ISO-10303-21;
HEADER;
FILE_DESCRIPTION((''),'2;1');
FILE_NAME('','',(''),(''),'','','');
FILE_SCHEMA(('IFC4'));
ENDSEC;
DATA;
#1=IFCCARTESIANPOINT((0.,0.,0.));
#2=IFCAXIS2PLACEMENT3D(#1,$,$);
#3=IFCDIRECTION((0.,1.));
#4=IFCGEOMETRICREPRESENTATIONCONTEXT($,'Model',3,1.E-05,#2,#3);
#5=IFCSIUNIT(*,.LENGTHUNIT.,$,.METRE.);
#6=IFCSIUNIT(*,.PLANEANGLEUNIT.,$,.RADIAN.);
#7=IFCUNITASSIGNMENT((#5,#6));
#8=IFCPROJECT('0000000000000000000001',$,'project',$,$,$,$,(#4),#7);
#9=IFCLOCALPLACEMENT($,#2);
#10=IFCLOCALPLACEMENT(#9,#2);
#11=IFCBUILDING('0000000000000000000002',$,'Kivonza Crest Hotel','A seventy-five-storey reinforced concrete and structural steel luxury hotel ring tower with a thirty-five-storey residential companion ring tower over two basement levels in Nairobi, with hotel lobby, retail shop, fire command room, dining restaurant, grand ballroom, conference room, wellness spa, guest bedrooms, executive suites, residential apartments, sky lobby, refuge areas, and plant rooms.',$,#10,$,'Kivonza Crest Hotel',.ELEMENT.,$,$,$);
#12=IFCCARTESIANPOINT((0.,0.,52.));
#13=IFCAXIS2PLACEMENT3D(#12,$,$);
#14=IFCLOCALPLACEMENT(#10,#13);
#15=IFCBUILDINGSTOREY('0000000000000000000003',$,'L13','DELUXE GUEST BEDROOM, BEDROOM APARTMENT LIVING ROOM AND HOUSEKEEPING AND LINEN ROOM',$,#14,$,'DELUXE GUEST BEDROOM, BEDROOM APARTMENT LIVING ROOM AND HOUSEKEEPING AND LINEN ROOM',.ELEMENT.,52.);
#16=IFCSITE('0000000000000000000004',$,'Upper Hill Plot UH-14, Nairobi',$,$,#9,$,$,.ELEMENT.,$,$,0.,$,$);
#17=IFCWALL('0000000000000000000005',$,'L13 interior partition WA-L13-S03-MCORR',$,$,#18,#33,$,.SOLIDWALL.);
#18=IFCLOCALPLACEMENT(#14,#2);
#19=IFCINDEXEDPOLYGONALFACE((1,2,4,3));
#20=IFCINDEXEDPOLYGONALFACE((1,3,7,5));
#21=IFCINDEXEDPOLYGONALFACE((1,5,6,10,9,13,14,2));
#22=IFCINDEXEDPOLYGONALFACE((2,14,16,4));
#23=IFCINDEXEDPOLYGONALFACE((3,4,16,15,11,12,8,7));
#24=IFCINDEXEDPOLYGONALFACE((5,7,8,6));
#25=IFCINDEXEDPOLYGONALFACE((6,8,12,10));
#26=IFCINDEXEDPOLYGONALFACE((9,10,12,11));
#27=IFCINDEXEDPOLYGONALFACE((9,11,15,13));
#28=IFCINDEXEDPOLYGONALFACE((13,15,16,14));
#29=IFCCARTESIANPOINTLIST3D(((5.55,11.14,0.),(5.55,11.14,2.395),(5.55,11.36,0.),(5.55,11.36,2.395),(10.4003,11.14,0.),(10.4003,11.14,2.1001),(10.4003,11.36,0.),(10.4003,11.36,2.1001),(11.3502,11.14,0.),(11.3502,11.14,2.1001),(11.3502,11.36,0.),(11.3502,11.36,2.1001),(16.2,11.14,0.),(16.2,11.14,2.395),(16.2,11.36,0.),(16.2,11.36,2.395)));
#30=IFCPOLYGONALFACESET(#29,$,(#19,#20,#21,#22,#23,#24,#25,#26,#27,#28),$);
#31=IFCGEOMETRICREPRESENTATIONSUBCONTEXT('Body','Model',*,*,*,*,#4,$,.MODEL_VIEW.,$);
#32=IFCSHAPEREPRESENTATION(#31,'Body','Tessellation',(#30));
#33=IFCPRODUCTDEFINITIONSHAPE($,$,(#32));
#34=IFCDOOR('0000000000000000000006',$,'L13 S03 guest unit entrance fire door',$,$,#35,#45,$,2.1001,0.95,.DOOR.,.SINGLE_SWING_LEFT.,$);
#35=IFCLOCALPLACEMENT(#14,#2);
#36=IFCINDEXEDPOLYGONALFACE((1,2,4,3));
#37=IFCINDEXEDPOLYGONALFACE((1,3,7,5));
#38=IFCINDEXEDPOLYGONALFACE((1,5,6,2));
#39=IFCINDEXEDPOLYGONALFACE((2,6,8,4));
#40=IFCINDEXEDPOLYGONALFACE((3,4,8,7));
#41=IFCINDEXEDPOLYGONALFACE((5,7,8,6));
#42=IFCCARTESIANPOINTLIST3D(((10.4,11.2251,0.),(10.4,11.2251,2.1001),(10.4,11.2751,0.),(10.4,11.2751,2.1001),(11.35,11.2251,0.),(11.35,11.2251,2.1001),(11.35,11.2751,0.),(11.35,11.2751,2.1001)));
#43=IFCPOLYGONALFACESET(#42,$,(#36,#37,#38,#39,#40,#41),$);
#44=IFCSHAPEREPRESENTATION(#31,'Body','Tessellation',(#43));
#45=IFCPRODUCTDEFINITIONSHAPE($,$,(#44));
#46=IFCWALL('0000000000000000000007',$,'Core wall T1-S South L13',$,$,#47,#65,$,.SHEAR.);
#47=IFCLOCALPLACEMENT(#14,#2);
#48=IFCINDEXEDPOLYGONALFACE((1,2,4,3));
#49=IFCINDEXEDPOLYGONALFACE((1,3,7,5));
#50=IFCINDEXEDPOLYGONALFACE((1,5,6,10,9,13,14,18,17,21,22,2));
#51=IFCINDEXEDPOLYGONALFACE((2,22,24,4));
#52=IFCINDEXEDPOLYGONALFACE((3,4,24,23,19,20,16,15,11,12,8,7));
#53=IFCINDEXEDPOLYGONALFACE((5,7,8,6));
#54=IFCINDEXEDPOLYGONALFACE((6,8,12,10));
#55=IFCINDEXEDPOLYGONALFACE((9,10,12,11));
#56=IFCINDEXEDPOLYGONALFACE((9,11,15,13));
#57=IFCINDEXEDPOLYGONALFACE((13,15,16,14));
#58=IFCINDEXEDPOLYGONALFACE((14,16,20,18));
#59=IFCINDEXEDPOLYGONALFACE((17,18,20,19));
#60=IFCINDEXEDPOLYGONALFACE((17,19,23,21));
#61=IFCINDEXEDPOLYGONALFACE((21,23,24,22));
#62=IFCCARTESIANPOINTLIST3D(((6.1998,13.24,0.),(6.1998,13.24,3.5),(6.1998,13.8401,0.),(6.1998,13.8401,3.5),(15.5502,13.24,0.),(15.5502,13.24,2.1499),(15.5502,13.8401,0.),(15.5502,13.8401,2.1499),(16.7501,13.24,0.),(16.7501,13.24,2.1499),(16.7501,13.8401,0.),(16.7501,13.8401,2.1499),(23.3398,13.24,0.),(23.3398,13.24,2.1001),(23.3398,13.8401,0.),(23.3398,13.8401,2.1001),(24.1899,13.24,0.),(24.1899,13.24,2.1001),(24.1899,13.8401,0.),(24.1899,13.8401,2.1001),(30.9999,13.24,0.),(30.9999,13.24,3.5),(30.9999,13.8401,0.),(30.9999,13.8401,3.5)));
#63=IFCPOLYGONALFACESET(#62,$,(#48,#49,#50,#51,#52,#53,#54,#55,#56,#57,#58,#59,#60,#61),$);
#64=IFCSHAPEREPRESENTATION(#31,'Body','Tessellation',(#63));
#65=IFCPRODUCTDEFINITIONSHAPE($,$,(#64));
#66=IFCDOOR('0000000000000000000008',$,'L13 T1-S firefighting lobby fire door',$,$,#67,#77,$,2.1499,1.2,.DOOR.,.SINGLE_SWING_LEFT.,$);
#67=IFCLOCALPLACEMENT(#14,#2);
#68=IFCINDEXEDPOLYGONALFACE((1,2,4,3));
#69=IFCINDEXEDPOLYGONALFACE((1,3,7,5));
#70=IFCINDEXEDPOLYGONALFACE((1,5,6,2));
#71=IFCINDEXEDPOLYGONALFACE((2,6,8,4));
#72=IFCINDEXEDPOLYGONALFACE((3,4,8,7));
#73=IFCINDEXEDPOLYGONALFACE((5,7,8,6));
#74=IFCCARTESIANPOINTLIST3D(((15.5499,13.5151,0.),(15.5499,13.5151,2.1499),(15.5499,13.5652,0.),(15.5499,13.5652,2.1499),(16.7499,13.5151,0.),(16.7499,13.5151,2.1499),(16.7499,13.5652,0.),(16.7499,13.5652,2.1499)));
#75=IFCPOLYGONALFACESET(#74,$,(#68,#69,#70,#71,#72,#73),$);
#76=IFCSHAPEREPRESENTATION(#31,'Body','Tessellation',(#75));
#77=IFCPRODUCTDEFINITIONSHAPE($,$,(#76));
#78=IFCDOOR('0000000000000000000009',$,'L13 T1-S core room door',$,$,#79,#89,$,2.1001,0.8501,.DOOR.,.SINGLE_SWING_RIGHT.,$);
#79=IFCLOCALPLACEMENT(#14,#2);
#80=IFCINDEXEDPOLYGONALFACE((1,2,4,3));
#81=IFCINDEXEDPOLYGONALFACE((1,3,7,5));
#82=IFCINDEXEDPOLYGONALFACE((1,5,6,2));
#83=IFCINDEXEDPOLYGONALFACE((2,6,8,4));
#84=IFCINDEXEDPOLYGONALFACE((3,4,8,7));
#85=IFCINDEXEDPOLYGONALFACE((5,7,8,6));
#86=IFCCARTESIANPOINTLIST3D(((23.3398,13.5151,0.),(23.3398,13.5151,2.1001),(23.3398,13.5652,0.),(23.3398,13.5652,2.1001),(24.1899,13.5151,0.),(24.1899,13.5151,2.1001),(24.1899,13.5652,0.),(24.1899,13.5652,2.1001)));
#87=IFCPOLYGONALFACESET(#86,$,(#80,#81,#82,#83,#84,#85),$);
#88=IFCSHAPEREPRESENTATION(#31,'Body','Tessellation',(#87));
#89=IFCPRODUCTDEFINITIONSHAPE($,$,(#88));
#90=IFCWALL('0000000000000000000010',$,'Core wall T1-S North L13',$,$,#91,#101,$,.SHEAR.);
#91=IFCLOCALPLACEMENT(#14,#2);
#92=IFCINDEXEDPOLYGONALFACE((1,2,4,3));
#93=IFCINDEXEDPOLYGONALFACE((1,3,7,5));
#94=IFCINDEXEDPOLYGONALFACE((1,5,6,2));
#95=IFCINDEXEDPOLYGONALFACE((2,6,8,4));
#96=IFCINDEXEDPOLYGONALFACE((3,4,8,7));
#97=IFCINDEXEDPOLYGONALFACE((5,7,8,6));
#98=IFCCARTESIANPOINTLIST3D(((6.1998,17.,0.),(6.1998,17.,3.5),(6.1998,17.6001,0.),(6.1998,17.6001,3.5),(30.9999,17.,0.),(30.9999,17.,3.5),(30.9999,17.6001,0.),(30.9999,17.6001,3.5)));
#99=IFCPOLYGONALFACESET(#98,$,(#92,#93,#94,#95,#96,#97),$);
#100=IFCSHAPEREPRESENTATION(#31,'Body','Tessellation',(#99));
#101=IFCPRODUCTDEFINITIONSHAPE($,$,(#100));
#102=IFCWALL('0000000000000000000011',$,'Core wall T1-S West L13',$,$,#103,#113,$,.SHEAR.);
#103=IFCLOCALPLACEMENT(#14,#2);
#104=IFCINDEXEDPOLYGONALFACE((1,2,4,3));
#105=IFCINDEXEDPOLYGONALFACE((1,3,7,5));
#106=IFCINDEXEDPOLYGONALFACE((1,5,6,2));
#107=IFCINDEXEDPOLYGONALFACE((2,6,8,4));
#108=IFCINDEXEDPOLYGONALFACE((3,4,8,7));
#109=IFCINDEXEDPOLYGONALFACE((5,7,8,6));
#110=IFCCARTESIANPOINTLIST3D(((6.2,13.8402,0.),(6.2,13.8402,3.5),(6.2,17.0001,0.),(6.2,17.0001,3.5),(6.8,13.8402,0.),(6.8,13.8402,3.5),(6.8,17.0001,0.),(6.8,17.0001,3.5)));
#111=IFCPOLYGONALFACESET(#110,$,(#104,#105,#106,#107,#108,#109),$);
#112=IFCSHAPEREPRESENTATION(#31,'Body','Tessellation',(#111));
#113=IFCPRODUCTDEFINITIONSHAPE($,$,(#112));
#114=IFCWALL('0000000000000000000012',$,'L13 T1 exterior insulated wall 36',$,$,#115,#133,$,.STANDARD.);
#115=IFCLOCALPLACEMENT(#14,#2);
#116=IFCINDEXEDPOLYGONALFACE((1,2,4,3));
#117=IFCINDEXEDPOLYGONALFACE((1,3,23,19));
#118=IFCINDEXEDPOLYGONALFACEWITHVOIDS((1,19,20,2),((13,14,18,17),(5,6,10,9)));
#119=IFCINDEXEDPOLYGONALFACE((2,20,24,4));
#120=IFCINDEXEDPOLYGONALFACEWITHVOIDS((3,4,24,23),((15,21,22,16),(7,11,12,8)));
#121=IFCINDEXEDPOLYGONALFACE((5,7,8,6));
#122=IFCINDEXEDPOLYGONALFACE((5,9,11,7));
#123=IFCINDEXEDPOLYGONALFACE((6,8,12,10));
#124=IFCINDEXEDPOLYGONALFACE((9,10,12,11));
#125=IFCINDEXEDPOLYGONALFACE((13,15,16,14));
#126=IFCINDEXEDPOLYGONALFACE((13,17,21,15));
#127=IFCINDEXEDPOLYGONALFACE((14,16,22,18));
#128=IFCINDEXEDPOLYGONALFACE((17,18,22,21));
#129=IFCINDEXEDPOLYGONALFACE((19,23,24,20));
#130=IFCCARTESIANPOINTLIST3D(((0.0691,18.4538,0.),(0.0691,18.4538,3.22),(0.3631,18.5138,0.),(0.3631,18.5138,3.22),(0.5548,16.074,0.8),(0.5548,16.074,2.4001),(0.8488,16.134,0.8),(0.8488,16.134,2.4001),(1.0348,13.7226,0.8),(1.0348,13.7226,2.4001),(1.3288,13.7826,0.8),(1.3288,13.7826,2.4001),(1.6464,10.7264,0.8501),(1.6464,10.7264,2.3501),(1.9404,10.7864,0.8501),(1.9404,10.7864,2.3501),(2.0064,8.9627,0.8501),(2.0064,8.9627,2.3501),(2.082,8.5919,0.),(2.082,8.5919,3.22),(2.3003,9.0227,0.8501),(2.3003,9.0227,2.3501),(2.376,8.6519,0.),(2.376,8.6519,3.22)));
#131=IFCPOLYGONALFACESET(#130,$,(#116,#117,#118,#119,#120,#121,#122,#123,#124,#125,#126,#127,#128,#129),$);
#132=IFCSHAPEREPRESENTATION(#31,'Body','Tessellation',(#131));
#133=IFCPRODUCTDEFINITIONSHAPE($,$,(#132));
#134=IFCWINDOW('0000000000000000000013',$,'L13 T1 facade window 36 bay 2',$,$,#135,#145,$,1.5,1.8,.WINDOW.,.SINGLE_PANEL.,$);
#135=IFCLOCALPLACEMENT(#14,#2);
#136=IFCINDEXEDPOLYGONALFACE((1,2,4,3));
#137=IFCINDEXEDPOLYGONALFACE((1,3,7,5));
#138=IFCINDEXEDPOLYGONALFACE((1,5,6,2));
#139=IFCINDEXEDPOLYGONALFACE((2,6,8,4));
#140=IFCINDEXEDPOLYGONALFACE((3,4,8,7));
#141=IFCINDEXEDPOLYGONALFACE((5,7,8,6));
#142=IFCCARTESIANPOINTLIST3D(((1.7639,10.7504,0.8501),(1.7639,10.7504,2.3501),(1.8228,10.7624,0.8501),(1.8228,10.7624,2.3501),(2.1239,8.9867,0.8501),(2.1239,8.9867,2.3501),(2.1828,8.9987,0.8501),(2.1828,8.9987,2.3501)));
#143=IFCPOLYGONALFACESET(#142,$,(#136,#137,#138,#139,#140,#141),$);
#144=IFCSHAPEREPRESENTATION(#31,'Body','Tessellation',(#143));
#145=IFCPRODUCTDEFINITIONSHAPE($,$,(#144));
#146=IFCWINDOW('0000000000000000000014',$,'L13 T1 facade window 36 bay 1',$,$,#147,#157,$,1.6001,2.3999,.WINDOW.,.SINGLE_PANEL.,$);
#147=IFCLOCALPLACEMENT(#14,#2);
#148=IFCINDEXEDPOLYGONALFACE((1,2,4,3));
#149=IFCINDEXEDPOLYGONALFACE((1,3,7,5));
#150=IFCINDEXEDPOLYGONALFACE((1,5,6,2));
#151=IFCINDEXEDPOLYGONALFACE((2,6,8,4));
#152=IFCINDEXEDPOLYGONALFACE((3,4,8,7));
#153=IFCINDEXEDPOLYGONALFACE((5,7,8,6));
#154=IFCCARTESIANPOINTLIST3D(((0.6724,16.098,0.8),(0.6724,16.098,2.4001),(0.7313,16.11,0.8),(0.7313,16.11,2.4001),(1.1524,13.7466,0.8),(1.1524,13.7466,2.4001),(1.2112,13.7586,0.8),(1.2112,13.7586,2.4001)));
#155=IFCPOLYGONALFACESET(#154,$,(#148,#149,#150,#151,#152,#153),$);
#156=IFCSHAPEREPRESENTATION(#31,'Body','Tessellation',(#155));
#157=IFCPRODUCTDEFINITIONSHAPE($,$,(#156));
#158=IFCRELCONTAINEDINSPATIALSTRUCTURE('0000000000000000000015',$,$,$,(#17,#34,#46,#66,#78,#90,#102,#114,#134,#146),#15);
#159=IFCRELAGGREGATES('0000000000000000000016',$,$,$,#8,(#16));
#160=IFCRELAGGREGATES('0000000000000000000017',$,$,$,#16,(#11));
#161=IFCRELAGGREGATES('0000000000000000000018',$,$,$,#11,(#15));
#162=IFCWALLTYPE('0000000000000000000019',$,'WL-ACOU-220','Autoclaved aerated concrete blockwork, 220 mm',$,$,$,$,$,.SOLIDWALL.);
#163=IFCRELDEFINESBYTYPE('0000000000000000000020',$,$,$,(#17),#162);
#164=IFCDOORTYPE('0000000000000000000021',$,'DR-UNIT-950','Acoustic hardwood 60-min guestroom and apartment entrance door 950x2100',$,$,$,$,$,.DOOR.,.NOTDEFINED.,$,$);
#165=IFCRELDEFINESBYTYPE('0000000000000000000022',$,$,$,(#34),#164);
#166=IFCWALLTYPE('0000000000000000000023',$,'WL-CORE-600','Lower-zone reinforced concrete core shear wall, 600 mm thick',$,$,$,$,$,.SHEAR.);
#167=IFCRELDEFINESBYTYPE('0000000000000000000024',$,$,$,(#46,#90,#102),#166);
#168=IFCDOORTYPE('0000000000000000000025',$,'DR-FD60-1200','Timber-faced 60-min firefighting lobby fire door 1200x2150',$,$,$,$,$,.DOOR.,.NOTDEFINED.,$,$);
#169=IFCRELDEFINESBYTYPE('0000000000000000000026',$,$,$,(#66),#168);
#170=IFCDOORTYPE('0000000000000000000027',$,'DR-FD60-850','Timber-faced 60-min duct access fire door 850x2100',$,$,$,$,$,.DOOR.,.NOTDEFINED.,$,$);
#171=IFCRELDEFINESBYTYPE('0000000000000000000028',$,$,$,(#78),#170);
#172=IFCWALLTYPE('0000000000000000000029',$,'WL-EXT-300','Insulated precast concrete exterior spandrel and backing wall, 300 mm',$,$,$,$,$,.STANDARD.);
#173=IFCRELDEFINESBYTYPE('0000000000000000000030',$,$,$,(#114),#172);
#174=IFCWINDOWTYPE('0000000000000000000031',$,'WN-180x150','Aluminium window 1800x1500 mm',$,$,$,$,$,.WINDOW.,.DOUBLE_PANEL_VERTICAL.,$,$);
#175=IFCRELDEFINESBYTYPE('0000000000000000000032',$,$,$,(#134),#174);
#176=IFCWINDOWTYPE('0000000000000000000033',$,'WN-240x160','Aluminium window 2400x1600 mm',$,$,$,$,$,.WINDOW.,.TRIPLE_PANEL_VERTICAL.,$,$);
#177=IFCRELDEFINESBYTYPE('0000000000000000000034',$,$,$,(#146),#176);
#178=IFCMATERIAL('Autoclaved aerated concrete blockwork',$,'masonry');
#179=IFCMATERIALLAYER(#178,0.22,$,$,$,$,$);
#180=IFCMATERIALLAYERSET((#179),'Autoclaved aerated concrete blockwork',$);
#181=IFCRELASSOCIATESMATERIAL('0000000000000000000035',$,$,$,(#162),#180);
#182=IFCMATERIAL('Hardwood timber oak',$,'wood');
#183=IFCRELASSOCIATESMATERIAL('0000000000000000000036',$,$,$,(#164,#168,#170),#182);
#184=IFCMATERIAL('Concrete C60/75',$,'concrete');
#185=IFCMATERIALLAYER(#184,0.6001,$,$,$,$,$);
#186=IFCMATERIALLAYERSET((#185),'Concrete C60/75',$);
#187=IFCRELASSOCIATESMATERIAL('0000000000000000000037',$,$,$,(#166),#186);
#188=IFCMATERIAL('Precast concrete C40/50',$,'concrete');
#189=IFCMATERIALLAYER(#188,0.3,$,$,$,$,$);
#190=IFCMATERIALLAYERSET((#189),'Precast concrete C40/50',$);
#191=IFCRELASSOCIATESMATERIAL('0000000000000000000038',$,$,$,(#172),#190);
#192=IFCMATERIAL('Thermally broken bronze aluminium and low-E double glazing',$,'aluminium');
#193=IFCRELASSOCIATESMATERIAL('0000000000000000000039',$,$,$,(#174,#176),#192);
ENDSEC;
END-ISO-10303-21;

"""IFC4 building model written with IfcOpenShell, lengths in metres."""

from ifc_helpers import new_model, si_unit, direction, frame, frame_2d, origin, place, context, subcontext, project, spatial, rectangle, extrude, material, layer, layer_set, type_object, element, fill, save


model = new_model("IFC4")

# Units and contexts
model_context = context("Model", 3, precision=1e-05, world=origin(), true_north=direction((0.0, 1.0)))
body_context = subcontext(model_context, "Body", "Model", "MODEL_VIEW")
ifc_project = project(units=[si_unit("LENGTHUNIT", "METRE"), si_unit("PLANEANGLEUNIT", "RADIAN")], contexts=[model_context])

# Site, building, storey
site_placement = place(None, origin())
site = spatial("IfcSite", under=ifc_project, at=site_placement, Name="Upper Hill Plot UH-14, Nairobi", CompositionType="ELEMENT", RefElevation=0.0)
building_placement = place(site_placement, origin())
building = spatial("IfcBuilding", under=site, at=building_placement, Name="Kivonza Crest Hotel", Description="A seventy-five-storey reinforced concrete and structural steel luxury hotel ring tower with a thirty-five-storey residential companion ring tower over two basement levels in Nairobi, with hotel lobby, retail shop, fire command room, dining restaurant, grand ballroom, conference room, wellness spa, guest bedrooms, executive suites, residential apartments, sky lobby, refuge areas, and plant rooms.", LongName="Kivonza Crest Hotel", CompositionType="ELEMENT")
storey_placement = place(building_placement, frame((0.0, 0.0, 52.0)))
storey = spatial("IfcBuildingStorey", under=building, at=storey_placement, Name="L13", Description="DELUXE GUEST BEDROOM, BEDROOM APARTMENT LIVING ROOM AND HOUSEKEEPING AND LINEN ROOM", LongName="DELUXE GUEST BEDROOM, BEDROOM APARTMENT LIVING ROOM AND HOUSEKEEPING AND LINEN ROOM", CompositionType="ELEMENT", Elevation=52.0)

# Shared definitions
ifc_material_1 = material(Name="Concrete C60/75", Category="concrete")

# Wall, opening, door
ifc_material_2 = material(Name="Autoclaved aerated concrete blockwork", Category="masonry")
ifc_layer_1 = layer(ifc_material_2, 0.22)
ifc_layer_set_1 = layer_set([ifc_layer_1], Name="Autoclaved aerated concrete blockwork")
wall_type_1 = type_object("IfcWallType", Name="WL-ACOU-220", Description="Autoclaved aerated concrete blockwork, 220 mm", PredefinedType="SOLIDWALL", material=ifc_layer_set_1)
wall_1_placement = place(storey_placement, frame((5.55, 11.25, 0.0), z_axis=(0.0, 0.0, 1.0), x_axis=(1.0, 0.0, 0.0)))
wall_1 = element("IfcWall", 1, at=wall_1_placement, inside=storey, type_object=wall_type_1, Name="L13 interior partition WA-L13-S03-MCORR", PredefinedType="SOLIDWALL", context=body_context, shape_type="SweptSolid", body=[
    extrude(rectangle(XDim=10.6499, YDim=0.22, at=frame_2d((5.325, 0.0))), origin(), (0.0, 0.0, 1.0), 2.395),
])
opening_1_placement = place(wall_1_placement, frame((4.8501, 0.0, 0.0)))
opening_1 = element("IfcOpeningElement", 2, at=opening_1_placement, cuts=wall_1, PredefinedType="OPENING", context=body_context, shape_type="SweptSolid", body=[
    extrude(rectangle(XDim=0.95, YDim=2.1001, at=frame_2d((0.4751, 1.05))), frame((0.0, 0.1201, 0.0), z_axis=(0.0, -1.0, 0.0), x_axis=(1.0, 0.0, 0.0)), (0.0, 0.0, 1.0), 0.24),
])
ifc_material_3 = material(Name="Hardwood timber oak", Category="wood")
door_type_1 = type_object("IfcDoorType", Name="DR-UNIT-950", Description="Acoustic hardwood 60-min guestroom and apartment entrance door 950x2100", OperationType="NOTDEFINED", PredefinedType="DOOR", material=ifc_material_3)
door_1_placement = place(opening_1_placement, frame((0.95, 0.0, 0.0), z_axis=(0.0, 0.0, 1.0), x_axis=(-1.0, 0.0, 0.0)))
door_1 = element("IfcDoor", 3, at=door_1_placement, inside=storey, type_object=door_type_1, Name="L13 S03 guest unit entrance fire door", OperationType="SINGLE_SWING_LEFT", OverallHeight=2.1001, OverallWidth=0.95, PredefinedType="DOOR", context=body_context, shape_type="SweptSolid", body=[
    extrude(rectangle(XDim=0.95, YDim=2.1001, at=frame_2d((0.4751, 1.05))), frame((0.0, 0.0249, 0.0), z_axis=(0.0, -1.0, 0.0), x_axis=(1.0, 0.0, 0.0)), (0.0, 0.0, 1.0), 0.05),
])
fill(opening_1, door_1)

# Wall, openings, doors
ifc_layer_2 = layer(ifc_material_1, 0.6001)
ifc_layer_set_2 = layer_set([ifc_layer_2], Name="Concrete C60/75")
wall_type_2 = type_object("IfcWallType", Name="WL-CORE-600", Description="Lower-zone reinforced concrete core shear wall, 600 mm thick", PredefinedType="SHEAR", material=ifc_layer_set_2)
wall_2_placement = place(storey_placement, frame((6.2, 13.54, 0.0), z_axis=(0.0, 0.0, 1.0), x_axis=(1.0, 0.0, 0.0)))
wall_2 = element("IfcWall", 4, at=wall_2_placement, inside=storey, type_object=wall_type_2, Name="Core wall T1-S South L13", PredefinedType="SHEAR", context=body_context, shape_type="SweptSolid", body=[
    extrude(rectangle(XDim=24.8, YDim=0.6001, at=frame_2d((12.3999, 0.0))), origin(), (0.0, 0.0, 1.0), 3.5),
])
opening_2_placement = place(wall_2_placement, frame((9.3501, 0.0, 0.0)))
opening_2 = element("IfcOpeningElement", 5, at=opening_2_placement, cuts=wall_2, PredefinedType="OPENING", context=body_context, shape_type="SweptSolid", body=[
    extrude(rectangle(XDim=1.2, YDim=2.1499, at=frame_2d((0.6001, 1.075))), frame((0.0, 0.3101, 0.0), z_axis=(0.0, -1.0, 0.0), x_axis=(1.0, 0.0, 0.0)), (0.0, 0.0, 1.0), 0.6201),
])
opening_3_placement = place(wall_2_placement, frame((17.1399, 0.0, 0.0)))
opening_3 = element("IfcOpeningElement", 6, at=opening_3_placement, cuts=wall_2, PredefinedType="OPENING", context=body_context, shape_type="SweptSolid", body=[
    extrude(rectangle(XDim=0.8501, YDim=2.1001, at=frame_2d((0.425, 1.05))), frame((0.0, 0.3101, 0.0), z_axis=(0.0, -1.0, 0.0), x_axis=(1.0, 0.0, 0.0)), (0.0, 0.0, 1.0), 0.6201),
])
door_type_2 = type_object("IfcDoorType", Name="DR-FD60-1200", Description="Timber-faced 60-min firefighting lobby fire door 1200x2150", OperationType="NOTDEFINED", PredefinedType="DOOR", material=ifc_material_3)
door_2_placement = place(opening_2_placement, frame((1.2, 0.0, 0.0), z_axis=(0.0, 0.0, 1.0), x_axis=(-1.0, 0.0, 0.0)))
door_2 = element("IfcDoor", 7, at=door_2_placement, inside=storey, type_object=door_type_2, Name="L13 T1-S firefighting lobby fire door", OperationType="SINGLE_SWING_LEFT", OverallHeight=2.1499, OverallWidth=1.2, PredefinedType="DOOR", context=body_context, shape_type="SweptSolid", body=[
    extrude(rectangle(XDim=1.2, YDim=2.1499, at=frame_2d((0.6001, 1.075))), frame((0.0, 0.0249, 0.0), z_axis=(0.0, -1.0, 0.0), x_axis=(1.0, 0.0, 0.0)), (0.0, 0.0, 1.0), 0.05),
])
fill(opening_2, door_2)
door_type_3 = type_object("IfcDoorType", Name="DR-FD60-850", Description="Timber-faced 60-min duct access fire door 850x2100", OperationType="NOTDEFINED", PredefinedType="DOOR", material=ifc_material_3)
door_3_placement = place(opening_3_placement, frame((0.8501, 0.0, 0.0), z_axis=(0.0, 0.0, 1.0), x_axis=(-1.0, 0.0, 0.0)))
door_3 = element("IfcDoor", 8, at=door_3_placement, inside=storey, type_object=door_type_3, Name="L13 T1-S core room door", OperationType="SINGLE_SWING_RIGHT", OverallHeight=2.1001, OverallWidth=0.8501, PredefinedType="DOOR", context=body_context, shape_type="SweptSolid", body=[
    extrude(rectangle(XDim=0.8501, YDim=2.1001, at=frame_2d((0.425, 1.05))), frame((0.0, 0.0249, 0.0), z_axis=(0.0, -1.0, 0.0), x_axis=(1.0, 0.0, 0.0)), (0.0, 0.0, 1.0), 0.05),
])
fill(opening_3, door_3)

# Walls
wall_3_placement = place(storey_placement, frame((6.2, 17.3, 0.0), z_axis=(0.0, 0.0, 1.0), x_axis=(1.0, 0.0, 0.0)))
element("IfcWall", 9, at=wall_3_placement, inside=storey, type_object=wall_type_2, Name="Core wall T1-S North L13", PredefinedType="SHEAR", context=body_context, shape_type="SweptSolid", body=[
    extrude(rectangle(XDim=24.8, YDim=0.6001, at=frame_2d((12.3999, 0.0))), origin(), (0.0, 0.0, 1.0), 3.5),
])
wall_4_placement = place(storey_placement, frame((6.5, 13.8401, 0.0), z_axis=(0.0, 0.0, 1.0), x_axis=(0.0, 1.0, 0.0)))
element("IfcWall", 10, at=wall_4_placement, inside=storey, type_object=wall_type_2, Name="Core wall T1-S West L13", PredefinedType="SHEAR", context=body_context, shape_type="SweptSolid", body=[
    extrude(rectangle(XDim=3.1599, YDim=0.6001, at=frame_2d((1.5801, 0.0))), origin(), (0.0, 0.0, 1.0), 3.5),
])

# Wall, openings, windows
ifc_material_4 = material(Name="Precast concrete C40/50", Category="concrete")
ifc_layer_3 = layer(ifc_material_4, 0.3)
ifc_layer_set_3 = layer_set([ifc_layer_3], Name="Precast concrete C40/50")
wall_type_3 = type_object("IfcWallType", Name="WL-EXT-300", Description="Insulated precast concrete exterior spandrel and backing wall, 300 mm", PredefinedType="STANDARD", material=ifc_layer_set_3)
wall_5_placement = place(storey_placement, frame((0.2161, 18.4839, 0.0), z_axis=(0.0, 0.0, 1.0), x_axis=(0.199991, -0.979798, 0.0)))
wall_5 = element("IfcWall", 11, at=wall_5_placement, inside=storey, type_object=wall_type_3, Name="L13 T1 exterior insulated wall 36", PredefinedType="STANDARD", context=body_context, shape_type="SweptSolid", body=[
    extrude(rectangle(XDim=10.0652, YDim=0.3, at=frame_2d((5.0327, 0.0))), origin(), (0.0, 0.0, 1.0), 3.22),
])
opening_4_placement = place(wall_5_placement, frame((2.429, 0.0, 0.8)))
opening_4 = element("IfcOpeningElement", 12, at=opening_4_placement, cuts=wall_5, PredefinedType="OPENING", context=body_context, shape_type="SweptSolid", body=[
    extrude(rectangle(XDim=2.3999, YDim=1.6001, at=frame_2d((1.2, 0.8))), frame((0.0, 0.1602, 0.0), z_axis=(0.0, -1.0, 0.0), x_axis=(1.0, 0.0, 0.0)), (0.0, 0.0, 1.0), 0.3201),
])
opening_5_placement = place(wall_5_placement, frame((7.887, 0.0, 0.8501)))
opening_5 = element("IfcOpeningElement", 13, at=opening_5_placement, cuts=wall_5, PredefinedType="OPENING", context=body_context, shape_type="SweptSolid", body=[
    extrude(rectangle(XDim=1.8, YDim=1.5, at=frame_2d((0.8999, 0.75))), frame((0.0, 0.1602, 0.0), z_axis=(0.0, -1.0, 0.0), x_axis=(1.0, 0.0, 0.0)), (0.0, 0.0, 1.0), 0.3201),
])
ifc_material_5 = material(Name="Thermally broken bronze aluminium and low-E double glazing", Category="aluminium")
window_type_1 = type_object("IfcWindowType", Name="WN-180x150", Description="Aluminium window 1800x1500 mm", PartitioningType="DOUBLE_PANEL_VERTICAL", PredefinedType="WINDOW", material=ifc_material_5)
window_1_placement = place(opening_5_placement, origin())
window_1 = element("IfcWindow", 14, at=window_1_placement, inside=storey, type_object=window_type_1, Name="L13 T1 facade window 36 bay 2", OverallHeight=1.5, OverallWidth=1.8, PartitioningType="SINGLE_PANEL", PredefinedType="WINDOW", context=body_context, shape_type="SweptSolid", body=[
    extrude(rectangle(XDim=1.8, YDim=1.5, at=frame_2d((0.8999, 0.75))), frame((0.0, 0.03, 0.0), z_axis=(0.0, -1.0, 0.0), x_axis=(1.0, 0.0, 0.0)), (0.0, 0.0, 1.0), 0.0601),
])
fill(opening_5, window_1)
window_type_2 = type_object("IfcWindowType", Name="WN-240x160", Description="Aluminium window 2400x1600 mm", PartitioningType="TRIPLE_PANEL_VERTICAL", PredefinedType="WINDOW", material=ifc_material_5)
window_2_placement = place(opening_4_placement, origin())
window_2 = element("IfcWindow", 15, at=window_2_placement, inside=storey, type_object=window_type_2, Name="L13 T1 facade window 36 bay 1", OverallHeight=1.6001, OverallWidth=2.3999, PartitioningType="SINGLE_PANEL", PredefinedType="WINDOW", context=body_context, shape_type="SweptSolid", body=[
    extrude(rectangle(XDim=2.3999, YDim=1.6001, at=frame_2d((1.2, 0.8))), frame((0.0, 0.03, 0.0), z_axis=(0.0, -1.0, 0.0), x_axis=(1.0, 0.0, 0.0)), (0.0, 0.0, 1.0), 0.0601),
])
fill(opening_4, window_2)

save(model, "model.ifc")
